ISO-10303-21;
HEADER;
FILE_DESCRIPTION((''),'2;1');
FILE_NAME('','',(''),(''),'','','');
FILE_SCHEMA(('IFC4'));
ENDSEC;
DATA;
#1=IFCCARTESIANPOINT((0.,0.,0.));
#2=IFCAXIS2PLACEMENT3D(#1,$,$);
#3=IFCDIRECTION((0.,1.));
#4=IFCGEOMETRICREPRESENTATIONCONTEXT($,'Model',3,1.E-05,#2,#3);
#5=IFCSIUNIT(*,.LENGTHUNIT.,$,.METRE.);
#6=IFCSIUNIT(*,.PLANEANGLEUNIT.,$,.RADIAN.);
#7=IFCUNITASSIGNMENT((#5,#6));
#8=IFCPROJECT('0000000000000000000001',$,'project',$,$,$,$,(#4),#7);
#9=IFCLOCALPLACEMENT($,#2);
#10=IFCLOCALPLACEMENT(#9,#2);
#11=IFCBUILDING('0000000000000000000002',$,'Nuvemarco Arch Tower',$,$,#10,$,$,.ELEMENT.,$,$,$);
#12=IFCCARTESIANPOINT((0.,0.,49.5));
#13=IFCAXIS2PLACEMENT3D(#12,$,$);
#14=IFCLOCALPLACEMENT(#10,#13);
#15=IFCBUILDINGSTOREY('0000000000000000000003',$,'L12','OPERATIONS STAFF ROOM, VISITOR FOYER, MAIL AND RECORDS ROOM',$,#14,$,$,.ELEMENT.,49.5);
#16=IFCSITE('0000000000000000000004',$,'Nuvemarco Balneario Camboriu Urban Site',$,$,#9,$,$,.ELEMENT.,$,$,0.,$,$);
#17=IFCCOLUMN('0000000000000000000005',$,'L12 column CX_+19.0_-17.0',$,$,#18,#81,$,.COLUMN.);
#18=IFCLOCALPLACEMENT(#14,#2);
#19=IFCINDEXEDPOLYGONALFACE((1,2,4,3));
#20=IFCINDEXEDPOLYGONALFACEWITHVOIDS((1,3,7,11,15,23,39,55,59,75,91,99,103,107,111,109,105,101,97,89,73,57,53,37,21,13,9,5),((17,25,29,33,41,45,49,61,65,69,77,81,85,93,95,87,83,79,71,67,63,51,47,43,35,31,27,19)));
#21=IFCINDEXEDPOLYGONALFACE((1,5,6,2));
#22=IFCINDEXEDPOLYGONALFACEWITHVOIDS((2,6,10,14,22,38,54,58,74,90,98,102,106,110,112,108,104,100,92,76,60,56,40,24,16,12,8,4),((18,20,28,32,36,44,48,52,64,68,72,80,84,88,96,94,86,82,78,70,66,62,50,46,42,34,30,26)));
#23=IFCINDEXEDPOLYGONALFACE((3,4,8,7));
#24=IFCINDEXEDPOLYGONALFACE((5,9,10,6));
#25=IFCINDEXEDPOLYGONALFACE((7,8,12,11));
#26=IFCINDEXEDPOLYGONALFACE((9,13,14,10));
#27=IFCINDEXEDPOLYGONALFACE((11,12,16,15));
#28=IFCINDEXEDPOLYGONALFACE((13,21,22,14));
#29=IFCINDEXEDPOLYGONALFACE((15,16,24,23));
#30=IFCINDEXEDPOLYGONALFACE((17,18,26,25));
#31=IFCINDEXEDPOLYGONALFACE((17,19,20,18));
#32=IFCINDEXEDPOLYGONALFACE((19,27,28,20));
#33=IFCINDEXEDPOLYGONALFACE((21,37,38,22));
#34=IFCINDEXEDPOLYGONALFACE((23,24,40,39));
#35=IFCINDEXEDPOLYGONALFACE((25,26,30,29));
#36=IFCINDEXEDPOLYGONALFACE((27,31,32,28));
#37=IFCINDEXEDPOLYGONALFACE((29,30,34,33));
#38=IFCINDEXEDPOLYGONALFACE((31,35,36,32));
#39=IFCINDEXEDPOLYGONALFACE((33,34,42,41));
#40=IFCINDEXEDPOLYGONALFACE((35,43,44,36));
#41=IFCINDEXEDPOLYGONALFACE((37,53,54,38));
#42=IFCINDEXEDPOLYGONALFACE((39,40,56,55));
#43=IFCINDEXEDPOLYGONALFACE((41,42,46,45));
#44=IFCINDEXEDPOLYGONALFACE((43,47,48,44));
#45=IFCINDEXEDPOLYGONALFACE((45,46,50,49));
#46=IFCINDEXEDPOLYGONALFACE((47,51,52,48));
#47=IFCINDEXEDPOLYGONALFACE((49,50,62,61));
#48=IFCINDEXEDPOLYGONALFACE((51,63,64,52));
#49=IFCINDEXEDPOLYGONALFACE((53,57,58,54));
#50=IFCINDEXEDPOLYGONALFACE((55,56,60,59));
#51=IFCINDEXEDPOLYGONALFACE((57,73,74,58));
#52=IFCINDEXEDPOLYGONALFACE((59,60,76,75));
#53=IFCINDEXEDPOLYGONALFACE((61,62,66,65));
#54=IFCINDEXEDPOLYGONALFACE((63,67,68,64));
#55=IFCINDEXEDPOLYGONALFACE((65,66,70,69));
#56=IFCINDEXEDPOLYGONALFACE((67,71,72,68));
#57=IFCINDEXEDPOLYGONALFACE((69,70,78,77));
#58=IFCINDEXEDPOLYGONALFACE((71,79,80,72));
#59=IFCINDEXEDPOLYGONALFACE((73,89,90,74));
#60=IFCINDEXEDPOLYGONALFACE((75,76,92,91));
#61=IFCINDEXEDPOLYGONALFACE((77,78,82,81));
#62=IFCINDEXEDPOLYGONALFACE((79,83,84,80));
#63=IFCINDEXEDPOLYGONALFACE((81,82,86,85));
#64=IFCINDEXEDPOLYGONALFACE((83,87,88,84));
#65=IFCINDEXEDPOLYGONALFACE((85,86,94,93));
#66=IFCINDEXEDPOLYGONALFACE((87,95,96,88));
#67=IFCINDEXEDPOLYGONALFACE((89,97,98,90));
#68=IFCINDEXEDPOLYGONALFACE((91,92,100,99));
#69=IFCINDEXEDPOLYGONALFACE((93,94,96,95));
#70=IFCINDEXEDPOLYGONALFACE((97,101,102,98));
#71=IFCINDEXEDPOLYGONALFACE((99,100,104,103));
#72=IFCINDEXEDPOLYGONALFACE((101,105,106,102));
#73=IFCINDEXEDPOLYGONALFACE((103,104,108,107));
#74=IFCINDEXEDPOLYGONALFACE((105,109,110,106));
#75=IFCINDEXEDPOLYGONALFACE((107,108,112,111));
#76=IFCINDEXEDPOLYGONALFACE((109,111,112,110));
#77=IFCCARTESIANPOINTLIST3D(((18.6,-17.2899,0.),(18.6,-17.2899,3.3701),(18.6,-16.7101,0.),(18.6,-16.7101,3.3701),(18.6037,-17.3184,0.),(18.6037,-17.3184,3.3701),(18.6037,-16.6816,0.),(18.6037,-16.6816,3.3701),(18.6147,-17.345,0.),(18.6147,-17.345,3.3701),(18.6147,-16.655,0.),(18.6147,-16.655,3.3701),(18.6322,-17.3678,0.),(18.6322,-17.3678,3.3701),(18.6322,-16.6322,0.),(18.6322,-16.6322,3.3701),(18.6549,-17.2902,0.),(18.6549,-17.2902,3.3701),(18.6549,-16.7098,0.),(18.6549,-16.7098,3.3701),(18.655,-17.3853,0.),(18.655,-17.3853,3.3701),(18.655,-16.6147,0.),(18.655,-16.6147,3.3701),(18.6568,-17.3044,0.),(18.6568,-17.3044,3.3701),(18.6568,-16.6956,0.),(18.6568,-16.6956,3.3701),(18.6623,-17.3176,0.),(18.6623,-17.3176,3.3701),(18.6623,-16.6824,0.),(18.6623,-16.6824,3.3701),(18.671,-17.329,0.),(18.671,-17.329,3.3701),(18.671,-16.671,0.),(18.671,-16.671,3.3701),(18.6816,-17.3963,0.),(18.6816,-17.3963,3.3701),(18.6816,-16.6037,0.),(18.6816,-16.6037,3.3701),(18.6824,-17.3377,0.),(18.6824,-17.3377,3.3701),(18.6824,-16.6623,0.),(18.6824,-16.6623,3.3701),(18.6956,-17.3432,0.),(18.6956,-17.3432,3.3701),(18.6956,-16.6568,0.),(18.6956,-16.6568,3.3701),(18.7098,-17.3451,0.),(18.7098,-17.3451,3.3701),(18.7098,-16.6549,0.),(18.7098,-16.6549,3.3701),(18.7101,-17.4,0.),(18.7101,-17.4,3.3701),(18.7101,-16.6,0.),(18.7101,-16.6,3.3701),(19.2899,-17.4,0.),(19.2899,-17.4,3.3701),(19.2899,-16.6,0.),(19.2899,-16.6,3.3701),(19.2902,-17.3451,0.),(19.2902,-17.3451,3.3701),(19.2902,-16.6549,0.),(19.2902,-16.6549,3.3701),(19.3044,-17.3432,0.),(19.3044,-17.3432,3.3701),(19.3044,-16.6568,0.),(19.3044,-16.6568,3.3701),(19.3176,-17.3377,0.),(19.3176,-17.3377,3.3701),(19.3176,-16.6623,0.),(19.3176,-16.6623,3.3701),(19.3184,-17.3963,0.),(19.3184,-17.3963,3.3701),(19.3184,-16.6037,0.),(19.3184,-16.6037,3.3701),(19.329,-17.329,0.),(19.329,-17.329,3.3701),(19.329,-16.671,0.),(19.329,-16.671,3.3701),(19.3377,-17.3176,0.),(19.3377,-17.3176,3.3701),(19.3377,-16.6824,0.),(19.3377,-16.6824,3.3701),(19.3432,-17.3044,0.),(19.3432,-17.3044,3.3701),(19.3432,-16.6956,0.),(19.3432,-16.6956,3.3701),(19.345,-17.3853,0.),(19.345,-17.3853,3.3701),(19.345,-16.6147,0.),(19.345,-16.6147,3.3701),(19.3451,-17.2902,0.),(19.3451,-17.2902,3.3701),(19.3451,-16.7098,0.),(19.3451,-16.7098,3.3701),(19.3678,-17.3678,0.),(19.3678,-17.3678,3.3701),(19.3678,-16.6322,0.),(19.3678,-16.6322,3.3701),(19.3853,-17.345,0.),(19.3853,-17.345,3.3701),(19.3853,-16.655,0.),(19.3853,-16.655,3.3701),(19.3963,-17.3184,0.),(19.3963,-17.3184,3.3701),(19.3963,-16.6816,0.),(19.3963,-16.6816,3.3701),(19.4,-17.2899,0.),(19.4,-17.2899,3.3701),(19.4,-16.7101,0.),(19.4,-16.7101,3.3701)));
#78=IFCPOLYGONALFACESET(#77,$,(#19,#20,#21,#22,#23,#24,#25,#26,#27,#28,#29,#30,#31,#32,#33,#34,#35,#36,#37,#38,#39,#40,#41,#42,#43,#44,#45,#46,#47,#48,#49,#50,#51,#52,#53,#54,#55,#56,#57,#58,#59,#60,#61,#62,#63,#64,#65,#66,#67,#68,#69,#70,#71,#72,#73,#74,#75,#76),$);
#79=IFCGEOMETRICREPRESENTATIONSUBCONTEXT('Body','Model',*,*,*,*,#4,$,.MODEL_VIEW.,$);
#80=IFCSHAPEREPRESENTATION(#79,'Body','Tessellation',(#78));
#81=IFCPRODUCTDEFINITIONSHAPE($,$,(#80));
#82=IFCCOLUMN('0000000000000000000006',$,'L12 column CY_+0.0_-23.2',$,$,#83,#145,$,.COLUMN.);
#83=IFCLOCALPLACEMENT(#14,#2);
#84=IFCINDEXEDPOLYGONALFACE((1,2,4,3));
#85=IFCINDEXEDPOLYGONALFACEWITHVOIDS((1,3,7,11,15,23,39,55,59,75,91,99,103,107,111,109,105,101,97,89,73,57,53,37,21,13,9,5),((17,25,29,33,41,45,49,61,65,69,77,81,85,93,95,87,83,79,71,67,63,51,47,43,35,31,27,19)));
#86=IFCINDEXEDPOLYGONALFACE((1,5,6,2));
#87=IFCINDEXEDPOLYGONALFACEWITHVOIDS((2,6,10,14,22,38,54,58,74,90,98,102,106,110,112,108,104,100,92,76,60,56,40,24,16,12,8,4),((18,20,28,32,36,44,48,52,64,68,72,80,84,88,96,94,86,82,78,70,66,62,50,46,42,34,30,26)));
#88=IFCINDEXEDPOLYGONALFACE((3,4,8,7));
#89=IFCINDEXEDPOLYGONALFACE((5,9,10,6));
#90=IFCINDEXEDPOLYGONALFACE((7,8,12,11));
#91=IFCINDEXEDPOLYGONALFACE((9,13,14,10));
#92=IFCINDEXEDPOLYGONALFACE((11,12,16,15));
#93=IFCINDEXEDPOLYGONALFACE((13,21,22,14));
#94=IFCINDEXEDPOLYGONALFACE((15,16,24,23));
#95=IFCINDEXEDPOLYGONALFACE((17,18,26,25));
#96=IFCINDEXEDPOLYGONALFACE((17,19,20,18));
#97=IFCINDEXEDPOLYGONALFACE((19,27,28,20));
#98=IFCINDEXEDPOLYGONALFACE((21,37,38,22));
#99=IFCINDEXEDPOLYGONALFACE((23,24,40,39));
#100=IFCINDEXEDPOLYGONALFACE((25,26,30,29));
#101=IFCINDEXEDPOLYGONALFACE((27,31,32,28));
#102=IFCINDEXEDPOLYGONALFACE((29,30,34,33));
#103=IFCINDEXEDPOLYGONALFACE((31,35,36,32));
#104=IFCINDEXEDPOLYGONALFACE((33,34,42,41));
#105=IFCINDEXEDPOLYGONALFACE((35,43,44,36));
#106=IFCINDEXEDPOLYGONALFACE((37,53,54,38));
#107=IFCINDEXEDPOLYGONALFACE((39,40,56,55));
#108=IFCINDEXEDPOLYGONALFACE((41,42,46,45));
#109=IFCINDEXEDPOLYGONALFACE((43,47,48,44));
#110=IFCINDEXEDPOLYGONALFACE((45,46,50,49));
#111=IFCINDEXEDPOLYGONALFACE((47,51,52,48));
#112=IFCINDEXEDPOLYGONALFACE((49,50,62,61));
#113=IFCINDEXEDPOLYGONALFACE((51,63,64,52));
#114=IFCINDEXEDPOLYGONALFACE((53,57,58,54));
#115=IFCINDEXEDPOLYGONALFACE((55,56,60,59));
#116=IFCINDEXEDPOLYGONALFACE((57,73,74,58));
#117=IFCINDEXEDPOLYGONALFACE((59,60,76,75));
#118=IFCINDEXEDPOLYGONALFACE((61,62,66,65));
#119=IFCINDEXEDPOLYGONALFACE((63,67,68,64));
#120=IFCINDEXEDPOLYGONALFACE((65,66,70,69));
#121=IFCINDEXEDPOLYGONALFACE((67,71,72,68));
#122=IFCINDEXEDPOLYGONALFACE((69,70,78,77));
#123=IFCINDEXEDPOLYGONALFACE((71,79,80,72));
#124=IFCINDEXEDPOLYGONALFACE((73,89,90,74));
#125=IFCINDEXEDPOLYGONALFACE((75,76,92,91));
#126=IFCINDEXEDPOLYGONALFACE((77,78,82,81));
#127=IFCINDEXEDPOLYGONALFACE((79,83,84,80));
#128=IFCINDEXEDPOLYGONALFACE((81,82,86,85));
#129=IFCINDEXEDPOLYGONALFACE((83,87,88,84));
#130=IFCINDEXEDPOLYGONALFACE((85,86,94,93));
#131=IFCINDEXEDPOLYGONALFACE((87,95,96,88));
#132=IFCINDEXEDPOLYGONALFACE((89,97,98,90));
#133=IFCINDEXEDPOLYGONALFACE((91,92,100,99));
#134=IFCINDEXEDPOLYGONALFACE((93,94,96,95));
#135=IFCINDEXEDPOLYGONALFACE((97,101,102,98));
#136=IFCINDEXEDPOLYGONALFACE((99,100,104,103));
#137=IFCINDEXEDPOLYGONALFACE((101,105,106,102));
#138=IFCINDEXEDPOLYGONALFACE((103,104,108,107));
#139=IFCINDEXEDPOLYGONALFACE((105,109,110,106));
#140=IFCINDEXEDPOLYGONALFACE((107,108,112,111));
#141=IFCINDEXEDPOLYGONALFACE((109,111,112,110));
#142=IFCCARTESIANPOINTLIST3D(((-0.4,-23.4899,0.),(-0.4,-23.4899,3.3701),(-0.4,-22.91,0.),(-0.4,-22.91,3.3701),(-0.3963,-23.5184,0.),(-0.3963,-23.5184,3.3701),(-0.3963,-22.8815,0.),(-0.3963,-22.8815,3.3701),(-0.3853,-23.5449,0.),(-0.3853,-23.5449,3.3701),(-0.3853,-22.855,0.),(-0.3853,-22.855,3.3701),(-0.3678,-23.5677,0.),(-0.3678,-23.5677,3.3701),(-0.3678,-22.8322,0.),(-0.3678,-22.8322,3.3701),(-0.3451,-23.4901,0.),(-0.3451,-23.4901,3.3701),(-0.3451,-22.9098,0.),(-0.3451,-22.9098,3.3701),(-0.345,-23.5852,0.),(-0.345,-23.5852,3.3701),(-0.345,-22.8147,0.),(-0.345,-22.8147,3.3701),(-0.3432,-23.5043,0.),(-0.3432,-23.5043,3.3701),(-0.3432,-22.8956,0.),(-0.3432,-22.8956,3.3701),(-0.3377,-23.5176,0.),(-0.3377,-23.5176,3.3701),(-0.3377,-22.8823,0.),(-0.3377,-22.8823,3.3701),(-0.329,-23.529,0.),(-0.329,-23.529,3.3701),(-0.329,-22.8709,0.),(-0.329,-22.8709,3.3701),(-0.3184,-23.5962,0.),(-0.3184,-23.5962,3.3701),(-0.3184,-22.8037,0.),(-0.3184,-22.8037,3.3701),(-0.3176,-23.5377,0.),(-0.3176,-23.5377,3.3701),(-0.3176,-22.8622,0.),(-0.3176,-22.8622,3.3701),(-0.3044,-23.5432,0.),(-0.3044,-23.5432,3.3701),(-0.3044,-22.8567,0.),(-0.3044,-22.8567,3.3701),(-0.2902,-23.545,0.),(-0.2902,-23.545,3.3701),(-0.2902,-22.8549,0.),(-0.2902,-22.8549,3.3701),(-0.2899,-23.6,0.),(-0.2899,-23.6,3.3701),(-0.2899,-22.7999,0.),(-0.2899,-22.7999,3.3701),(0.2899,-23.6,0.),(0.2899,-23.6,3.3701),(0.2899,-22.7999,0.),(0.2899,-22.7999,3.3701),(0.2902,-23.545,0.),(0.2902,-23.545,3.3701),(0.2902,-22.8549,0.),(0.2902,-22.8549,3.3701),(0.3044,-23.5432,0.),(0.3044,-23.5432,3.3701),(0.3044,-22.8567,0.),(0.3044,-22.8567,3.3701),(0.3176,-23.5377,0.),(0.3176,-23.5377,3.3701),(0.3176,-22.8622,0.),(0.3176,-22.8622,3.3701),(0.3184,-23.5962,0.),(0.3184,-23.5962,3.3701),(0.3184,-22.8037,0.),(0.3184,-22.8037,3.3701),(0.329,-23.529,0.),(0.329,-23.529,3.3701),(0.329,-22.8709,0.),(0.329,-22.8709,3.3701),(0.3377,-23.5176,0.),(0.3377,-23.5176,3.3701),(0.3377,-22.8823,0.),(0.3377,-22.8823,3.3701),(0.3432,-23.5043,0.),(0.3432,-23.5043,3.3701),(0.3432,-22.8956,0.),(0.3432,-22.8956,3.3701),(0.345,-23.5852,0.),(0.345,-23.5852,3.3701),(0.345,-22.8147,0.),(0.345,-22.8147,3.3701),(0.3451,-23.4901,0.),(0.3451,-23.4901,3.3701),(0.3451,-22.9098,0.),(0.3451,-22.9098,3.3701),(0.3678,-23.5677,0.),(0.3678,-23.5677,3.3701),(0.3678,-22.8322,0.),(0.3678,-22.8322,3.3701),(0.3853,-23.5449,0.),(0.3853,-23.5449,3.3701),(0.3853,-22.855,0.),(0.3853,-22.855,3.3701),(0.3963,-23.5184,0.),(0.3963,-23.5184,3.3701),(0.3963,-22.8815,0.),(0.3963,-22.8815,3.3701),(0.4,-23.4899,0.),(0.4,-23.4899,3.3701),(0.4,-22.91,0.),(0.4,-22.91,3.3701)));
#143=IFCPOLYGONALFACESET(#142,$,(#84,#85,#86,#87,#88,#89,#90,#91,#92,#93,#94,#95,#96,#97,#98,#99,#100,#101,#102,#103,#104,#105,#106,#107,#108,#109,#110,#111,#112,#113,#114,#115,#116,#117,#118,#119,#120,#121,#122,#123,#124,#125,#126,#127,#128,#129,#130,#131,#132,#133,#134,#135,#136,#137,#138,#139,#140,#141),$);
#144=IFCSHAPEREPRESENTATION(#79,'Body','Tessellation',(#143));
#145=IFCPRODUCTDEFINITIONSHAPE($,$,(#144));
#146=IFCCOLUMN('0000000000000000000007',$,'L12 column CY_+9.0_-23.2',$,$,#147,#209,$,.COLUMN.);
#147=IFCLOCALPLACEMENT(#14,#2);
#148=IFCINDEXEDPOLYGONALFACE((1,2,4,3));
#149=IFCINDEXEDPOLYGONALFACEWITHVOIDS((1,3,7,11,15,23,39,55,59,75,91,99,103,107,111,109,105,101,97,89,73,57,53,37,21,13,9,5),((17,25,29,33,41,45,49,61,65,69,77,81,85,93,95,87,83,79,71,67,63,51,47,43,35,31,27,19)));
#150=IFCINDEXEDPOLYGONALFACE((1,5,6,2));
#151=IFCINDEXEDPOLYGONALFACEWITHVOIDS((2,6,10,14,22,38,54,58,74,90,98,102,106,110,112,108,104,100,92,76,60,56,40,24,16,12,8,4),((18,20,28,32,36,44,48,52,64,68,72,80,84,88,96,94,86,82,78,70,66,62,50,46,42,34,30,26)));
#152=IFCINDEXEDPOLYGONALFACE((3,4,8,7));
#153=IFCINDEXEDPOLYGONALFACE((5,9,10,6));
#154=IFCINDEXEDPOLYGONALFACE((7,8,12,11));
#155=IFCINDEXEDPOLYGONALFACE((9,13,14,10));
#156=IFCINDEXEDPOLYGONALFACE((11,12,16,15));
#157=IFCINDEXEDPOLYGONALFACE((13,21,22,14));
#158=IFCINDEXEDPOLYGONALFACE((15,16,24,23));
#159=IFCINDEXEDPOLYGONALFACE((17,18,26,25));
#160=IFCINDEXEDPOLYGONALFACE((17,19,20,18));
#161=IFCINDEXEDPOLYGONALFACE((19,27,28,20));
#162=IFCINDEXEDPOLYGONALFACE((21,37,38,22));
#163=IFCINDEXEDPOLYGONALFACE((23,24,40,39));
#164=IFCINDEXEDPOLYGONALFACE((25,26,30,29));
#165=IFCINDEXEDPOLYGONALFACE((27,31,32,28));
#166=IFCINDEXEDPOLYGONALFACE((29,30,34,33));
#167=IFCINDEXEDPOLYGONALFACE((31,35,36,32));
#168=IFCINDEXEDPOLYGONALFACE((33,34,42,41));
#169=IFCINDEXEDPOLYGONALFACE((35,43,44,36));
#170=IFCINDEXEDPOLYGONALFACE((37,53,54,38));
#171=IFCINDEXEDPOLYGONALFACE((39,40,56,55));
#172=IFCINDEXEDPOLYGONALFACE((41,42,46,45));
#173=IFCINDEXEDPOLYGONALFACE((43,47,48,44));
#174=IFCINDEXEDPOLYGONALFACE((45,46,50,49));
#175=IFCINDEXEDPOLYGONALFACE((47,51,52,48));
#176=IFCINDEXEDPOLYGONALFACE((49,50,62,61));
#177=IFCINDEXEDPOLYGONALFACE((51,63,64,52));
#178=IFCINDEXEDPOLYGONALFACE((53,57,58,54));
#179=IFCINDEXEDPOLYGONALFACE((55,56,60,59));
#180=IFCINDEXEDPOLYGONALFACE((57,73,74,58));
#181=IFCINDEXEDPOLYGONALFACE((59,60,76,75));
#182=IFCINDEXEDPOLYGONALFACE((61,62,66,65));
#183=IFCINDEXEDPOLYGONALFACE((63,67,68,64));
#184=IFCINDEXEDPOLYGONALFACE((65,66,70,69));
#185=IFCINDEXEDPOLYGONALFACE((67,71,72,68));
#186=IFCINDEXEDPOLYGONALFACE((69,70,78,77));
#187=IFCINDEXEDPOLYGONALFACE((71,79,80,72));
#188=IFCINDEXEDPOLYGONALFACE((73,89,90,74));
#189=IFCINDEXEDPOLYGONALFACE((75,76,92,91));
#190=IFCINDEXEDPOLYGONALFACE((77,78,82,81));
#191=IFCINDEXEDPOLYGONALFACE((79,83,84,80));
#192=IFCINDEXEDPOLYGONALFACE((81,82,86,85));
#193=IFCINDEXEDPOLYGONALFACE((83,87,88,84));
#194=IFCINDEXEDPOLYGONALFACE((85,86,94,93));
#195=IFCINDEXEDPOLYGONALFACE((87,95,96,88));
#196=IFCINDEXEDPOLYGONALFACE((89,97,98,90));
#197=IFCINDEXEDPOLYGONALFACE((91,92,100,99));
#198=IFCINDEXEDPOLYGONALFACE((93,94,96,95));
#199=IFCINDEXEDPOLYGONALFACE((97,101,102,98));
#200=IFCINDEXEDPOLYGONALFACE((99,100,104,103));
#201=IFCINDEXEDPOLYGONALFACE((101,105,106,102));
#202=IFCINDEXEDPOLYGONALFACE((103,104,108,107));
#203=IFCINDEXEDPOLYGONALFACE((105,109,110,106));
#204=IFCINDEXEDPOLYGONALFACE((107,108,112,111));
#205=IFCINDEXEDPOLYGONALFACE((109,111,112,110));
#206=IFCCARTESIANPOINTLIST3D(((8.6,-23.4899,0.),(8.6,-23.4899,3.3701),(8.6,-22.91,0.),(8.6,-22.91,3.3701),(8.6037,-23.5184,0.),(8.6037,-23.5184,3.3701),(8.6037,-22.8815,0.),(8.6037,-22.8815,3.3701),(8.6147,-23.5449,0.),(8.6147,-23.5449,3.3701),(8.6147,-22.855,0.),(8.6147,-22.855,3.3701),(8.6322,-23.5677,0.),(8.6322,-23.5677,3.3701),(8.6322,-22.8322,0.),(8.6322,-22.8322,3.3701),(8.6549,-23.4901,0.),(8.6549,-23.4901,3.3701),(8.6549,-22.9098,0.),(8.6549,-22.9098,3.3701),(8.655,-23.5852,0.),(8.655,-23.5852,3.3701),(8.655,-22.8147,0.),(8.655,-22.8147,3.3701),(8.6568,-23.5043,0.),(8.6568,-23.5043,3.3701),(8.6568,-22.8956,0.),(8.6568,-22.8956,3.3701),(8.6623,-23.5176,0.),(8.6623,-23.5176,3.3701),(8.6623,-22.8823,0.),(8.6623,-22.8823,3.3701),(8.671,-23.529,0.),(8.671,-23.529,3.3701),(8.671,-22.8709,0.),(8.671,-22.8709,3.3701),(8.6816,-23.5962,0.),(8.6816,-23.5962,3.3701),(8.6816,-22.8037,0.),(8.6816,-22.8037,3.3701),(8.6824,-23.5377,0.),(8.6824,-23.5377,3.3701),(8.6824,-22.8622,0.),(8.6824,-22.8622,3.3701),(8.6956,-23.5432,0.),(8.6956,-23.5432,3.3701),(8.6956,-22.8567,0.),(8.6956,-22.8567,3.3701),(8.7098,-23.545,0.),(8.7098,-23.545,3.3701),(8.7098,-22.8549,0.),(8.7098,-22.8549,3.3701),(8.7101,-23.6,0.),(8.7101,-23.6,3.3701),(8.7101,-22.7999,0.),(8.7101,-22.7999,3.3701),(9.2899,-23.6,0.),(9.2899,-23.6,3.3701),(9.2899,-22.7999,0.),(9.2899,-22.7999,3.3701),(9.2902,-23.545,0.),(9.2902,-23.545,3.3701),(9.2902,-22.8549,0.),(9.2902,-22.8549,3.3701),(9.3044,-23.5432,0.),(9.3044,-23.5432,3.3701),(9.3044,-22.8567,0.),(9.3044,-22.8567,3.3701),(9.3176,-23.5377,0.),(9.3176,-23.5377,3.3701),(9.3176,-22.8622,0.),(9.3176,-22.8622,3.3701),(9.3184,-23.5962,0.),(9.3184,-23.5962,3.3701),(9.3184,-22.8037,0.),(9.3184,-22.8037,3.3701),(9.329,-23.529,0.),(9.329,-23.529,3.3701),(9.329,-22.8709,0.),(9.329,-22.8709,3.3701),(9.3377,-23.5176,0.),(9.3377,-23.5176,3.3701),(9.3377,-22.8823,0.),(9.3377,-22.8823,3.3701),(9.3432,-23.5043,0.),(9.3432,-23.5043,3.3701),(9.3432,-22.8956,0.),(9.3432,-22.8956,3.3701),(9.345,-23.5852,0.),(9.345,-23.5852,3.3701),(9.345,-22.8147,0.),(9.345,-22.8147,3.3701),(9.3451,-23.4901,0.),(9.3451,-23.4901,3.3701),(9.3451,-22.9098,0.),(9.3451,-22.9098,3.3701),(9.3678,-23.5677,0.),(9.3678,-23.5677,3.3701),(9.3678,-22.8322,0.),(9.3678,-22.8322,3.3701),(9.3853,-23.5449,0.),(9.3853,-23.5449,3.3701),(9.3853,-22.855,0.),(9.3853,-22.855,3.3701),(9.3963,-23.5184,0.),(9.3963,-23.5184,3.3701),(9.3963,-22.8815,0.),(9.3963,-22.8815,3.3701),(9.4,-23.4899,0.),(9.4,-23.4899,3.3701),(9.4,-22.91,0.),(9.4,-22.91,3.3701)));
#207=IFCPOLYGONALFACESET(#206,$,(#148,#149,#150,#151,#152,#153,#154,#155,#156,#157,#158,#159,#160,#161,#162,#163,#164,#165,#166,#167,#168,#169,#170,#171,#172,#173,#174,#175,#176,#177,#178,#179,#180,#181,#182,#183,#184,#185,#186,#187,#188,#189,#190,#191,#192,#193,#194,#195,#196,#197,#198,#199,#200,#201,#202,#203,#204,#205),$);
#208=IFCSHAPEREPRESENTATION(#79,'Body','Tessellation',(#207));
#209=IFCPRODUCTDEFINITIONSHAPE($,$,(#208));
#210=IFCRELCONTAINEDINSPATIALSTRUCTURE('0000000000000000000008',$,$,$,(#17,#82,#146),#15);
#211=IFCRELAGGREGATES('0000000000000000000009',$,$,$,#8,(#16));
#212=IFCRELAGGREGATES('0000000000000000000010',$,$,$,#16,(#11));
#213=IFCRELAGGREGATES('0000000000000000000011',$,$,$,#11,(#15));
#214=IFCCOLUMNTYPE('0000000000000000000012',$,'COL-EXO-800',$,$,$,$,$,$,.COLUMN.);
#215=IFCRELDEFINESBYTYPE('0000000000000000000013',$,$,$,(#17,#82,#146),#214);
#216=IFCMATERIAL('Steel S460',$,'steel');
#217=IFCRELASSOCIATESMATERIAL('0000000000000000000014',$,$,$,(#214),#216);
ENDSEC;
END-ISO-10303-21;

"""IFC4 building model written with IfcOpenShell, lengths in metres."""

from ifc_helpers import new_model, si_unit, direction, frame, origin, origin_2d, place, context, subcontext, project, spatial, hollow_rectangle, extrude, material, material_profile, profile_set, type_object, element, save


model = new_model("IFC4")

# Units and contexts
model_context = context("Model", 3, precision=1e-05, world=origin(), true_north=direction((0.0, 1.0)))
body_context = subcontext(model_context, "Body", "Model", "MODEL_VIEW")
ifc_project = project(units=[si_unit("LENGTHUNIT", "METRE"), si_unit("PLANEANGLEUNIT", "RADIAN")], contexts=[model_context])

# Site, building, storey
site_placement = place(None, origin())
site = spatial("IfcSite", under=ifc_project, at=site_placement, Name="Nuvemarco Balneario Camboriu Urban Site", CompositionType="ELEMENT", RefElevation=0.0)
building_placement = place(site_placement, origin())
building = spatial("IfcBuilding", under=site, at=building_placement, Name="Nuvemarco Arch Tower", CompositionType="ELEMENT")
storey_placement = place(building_placement, frame((0.0, 0.0, 49.5)))
storey = spatial("IfcBuildingStorey", under=building, at=storey_placement, Name="L12", Description="OPERATIONS STAFF ROOM, VISITOR FOYER, MAIL AND RECORDS ROOM", CompositionType="ELEMENT", Elevation=49.5)

# Columns
ifc_material_1 = material(Name="Steel S460", Category="steel")
ifc_material_profile_1 = material_profile(ifc_material_1, hollow_rectangle(XDim=0.8, YDim=0.8, WallThickness=0.0549, InnerFilletRadius=0.0549, OuterFilletRadius=0.1101, at=origin_2d()), Name="SHS800x800x55")
ifc_profile_set_1 = profile_set([ifc_material_profile_1], Name="Steel S460")
column_type_1 = type_object("IfcColumnType", Name="COL-EXO-800", PredefinedType="COLUMN", material=ifc_profile_set_1)
for number, where, z_axis, x_axis, name in (
    (1, (19.0, -17.0, 0.0), (0.0, 0.0, 1.0), (1.0, 0.0, 0.0), "L12 column CX_+19.0_-17.0"),
    (2, (0.0, -23.2, 0.0), (0.0, 0.0, 1.0), (1.0, 0.0, 0.0), "L12 column CY_+0.0_-23.2"),
    (3, (9.0, -23.2, 0.0), (0.0, 0.0, 1.0), (1.0, 0.0, 0.0), "L12 column CY_+9.0_-23.2"),
):
    element("IfcColumn", number, at=place(storey_placement, frame(where, z_axis=z_axis, x_axis=x_axis)), inside=storey, type_object=column_type_1, Name=name, PredefinedType="COLUMN", context=body_context, shape_type="SweptSolid", body=[
        extrude(hollow_rectangle(XDim=0.8, YDim=0.8, WallThickness=0.0549, InnerFilletRadius=0.0549, OuterFilletRadius=0.1101, at=origin_2d()), origin(), (0.0, 0.0, 1.0), 3.3701),
    ])

save(model, "model.ifc")
